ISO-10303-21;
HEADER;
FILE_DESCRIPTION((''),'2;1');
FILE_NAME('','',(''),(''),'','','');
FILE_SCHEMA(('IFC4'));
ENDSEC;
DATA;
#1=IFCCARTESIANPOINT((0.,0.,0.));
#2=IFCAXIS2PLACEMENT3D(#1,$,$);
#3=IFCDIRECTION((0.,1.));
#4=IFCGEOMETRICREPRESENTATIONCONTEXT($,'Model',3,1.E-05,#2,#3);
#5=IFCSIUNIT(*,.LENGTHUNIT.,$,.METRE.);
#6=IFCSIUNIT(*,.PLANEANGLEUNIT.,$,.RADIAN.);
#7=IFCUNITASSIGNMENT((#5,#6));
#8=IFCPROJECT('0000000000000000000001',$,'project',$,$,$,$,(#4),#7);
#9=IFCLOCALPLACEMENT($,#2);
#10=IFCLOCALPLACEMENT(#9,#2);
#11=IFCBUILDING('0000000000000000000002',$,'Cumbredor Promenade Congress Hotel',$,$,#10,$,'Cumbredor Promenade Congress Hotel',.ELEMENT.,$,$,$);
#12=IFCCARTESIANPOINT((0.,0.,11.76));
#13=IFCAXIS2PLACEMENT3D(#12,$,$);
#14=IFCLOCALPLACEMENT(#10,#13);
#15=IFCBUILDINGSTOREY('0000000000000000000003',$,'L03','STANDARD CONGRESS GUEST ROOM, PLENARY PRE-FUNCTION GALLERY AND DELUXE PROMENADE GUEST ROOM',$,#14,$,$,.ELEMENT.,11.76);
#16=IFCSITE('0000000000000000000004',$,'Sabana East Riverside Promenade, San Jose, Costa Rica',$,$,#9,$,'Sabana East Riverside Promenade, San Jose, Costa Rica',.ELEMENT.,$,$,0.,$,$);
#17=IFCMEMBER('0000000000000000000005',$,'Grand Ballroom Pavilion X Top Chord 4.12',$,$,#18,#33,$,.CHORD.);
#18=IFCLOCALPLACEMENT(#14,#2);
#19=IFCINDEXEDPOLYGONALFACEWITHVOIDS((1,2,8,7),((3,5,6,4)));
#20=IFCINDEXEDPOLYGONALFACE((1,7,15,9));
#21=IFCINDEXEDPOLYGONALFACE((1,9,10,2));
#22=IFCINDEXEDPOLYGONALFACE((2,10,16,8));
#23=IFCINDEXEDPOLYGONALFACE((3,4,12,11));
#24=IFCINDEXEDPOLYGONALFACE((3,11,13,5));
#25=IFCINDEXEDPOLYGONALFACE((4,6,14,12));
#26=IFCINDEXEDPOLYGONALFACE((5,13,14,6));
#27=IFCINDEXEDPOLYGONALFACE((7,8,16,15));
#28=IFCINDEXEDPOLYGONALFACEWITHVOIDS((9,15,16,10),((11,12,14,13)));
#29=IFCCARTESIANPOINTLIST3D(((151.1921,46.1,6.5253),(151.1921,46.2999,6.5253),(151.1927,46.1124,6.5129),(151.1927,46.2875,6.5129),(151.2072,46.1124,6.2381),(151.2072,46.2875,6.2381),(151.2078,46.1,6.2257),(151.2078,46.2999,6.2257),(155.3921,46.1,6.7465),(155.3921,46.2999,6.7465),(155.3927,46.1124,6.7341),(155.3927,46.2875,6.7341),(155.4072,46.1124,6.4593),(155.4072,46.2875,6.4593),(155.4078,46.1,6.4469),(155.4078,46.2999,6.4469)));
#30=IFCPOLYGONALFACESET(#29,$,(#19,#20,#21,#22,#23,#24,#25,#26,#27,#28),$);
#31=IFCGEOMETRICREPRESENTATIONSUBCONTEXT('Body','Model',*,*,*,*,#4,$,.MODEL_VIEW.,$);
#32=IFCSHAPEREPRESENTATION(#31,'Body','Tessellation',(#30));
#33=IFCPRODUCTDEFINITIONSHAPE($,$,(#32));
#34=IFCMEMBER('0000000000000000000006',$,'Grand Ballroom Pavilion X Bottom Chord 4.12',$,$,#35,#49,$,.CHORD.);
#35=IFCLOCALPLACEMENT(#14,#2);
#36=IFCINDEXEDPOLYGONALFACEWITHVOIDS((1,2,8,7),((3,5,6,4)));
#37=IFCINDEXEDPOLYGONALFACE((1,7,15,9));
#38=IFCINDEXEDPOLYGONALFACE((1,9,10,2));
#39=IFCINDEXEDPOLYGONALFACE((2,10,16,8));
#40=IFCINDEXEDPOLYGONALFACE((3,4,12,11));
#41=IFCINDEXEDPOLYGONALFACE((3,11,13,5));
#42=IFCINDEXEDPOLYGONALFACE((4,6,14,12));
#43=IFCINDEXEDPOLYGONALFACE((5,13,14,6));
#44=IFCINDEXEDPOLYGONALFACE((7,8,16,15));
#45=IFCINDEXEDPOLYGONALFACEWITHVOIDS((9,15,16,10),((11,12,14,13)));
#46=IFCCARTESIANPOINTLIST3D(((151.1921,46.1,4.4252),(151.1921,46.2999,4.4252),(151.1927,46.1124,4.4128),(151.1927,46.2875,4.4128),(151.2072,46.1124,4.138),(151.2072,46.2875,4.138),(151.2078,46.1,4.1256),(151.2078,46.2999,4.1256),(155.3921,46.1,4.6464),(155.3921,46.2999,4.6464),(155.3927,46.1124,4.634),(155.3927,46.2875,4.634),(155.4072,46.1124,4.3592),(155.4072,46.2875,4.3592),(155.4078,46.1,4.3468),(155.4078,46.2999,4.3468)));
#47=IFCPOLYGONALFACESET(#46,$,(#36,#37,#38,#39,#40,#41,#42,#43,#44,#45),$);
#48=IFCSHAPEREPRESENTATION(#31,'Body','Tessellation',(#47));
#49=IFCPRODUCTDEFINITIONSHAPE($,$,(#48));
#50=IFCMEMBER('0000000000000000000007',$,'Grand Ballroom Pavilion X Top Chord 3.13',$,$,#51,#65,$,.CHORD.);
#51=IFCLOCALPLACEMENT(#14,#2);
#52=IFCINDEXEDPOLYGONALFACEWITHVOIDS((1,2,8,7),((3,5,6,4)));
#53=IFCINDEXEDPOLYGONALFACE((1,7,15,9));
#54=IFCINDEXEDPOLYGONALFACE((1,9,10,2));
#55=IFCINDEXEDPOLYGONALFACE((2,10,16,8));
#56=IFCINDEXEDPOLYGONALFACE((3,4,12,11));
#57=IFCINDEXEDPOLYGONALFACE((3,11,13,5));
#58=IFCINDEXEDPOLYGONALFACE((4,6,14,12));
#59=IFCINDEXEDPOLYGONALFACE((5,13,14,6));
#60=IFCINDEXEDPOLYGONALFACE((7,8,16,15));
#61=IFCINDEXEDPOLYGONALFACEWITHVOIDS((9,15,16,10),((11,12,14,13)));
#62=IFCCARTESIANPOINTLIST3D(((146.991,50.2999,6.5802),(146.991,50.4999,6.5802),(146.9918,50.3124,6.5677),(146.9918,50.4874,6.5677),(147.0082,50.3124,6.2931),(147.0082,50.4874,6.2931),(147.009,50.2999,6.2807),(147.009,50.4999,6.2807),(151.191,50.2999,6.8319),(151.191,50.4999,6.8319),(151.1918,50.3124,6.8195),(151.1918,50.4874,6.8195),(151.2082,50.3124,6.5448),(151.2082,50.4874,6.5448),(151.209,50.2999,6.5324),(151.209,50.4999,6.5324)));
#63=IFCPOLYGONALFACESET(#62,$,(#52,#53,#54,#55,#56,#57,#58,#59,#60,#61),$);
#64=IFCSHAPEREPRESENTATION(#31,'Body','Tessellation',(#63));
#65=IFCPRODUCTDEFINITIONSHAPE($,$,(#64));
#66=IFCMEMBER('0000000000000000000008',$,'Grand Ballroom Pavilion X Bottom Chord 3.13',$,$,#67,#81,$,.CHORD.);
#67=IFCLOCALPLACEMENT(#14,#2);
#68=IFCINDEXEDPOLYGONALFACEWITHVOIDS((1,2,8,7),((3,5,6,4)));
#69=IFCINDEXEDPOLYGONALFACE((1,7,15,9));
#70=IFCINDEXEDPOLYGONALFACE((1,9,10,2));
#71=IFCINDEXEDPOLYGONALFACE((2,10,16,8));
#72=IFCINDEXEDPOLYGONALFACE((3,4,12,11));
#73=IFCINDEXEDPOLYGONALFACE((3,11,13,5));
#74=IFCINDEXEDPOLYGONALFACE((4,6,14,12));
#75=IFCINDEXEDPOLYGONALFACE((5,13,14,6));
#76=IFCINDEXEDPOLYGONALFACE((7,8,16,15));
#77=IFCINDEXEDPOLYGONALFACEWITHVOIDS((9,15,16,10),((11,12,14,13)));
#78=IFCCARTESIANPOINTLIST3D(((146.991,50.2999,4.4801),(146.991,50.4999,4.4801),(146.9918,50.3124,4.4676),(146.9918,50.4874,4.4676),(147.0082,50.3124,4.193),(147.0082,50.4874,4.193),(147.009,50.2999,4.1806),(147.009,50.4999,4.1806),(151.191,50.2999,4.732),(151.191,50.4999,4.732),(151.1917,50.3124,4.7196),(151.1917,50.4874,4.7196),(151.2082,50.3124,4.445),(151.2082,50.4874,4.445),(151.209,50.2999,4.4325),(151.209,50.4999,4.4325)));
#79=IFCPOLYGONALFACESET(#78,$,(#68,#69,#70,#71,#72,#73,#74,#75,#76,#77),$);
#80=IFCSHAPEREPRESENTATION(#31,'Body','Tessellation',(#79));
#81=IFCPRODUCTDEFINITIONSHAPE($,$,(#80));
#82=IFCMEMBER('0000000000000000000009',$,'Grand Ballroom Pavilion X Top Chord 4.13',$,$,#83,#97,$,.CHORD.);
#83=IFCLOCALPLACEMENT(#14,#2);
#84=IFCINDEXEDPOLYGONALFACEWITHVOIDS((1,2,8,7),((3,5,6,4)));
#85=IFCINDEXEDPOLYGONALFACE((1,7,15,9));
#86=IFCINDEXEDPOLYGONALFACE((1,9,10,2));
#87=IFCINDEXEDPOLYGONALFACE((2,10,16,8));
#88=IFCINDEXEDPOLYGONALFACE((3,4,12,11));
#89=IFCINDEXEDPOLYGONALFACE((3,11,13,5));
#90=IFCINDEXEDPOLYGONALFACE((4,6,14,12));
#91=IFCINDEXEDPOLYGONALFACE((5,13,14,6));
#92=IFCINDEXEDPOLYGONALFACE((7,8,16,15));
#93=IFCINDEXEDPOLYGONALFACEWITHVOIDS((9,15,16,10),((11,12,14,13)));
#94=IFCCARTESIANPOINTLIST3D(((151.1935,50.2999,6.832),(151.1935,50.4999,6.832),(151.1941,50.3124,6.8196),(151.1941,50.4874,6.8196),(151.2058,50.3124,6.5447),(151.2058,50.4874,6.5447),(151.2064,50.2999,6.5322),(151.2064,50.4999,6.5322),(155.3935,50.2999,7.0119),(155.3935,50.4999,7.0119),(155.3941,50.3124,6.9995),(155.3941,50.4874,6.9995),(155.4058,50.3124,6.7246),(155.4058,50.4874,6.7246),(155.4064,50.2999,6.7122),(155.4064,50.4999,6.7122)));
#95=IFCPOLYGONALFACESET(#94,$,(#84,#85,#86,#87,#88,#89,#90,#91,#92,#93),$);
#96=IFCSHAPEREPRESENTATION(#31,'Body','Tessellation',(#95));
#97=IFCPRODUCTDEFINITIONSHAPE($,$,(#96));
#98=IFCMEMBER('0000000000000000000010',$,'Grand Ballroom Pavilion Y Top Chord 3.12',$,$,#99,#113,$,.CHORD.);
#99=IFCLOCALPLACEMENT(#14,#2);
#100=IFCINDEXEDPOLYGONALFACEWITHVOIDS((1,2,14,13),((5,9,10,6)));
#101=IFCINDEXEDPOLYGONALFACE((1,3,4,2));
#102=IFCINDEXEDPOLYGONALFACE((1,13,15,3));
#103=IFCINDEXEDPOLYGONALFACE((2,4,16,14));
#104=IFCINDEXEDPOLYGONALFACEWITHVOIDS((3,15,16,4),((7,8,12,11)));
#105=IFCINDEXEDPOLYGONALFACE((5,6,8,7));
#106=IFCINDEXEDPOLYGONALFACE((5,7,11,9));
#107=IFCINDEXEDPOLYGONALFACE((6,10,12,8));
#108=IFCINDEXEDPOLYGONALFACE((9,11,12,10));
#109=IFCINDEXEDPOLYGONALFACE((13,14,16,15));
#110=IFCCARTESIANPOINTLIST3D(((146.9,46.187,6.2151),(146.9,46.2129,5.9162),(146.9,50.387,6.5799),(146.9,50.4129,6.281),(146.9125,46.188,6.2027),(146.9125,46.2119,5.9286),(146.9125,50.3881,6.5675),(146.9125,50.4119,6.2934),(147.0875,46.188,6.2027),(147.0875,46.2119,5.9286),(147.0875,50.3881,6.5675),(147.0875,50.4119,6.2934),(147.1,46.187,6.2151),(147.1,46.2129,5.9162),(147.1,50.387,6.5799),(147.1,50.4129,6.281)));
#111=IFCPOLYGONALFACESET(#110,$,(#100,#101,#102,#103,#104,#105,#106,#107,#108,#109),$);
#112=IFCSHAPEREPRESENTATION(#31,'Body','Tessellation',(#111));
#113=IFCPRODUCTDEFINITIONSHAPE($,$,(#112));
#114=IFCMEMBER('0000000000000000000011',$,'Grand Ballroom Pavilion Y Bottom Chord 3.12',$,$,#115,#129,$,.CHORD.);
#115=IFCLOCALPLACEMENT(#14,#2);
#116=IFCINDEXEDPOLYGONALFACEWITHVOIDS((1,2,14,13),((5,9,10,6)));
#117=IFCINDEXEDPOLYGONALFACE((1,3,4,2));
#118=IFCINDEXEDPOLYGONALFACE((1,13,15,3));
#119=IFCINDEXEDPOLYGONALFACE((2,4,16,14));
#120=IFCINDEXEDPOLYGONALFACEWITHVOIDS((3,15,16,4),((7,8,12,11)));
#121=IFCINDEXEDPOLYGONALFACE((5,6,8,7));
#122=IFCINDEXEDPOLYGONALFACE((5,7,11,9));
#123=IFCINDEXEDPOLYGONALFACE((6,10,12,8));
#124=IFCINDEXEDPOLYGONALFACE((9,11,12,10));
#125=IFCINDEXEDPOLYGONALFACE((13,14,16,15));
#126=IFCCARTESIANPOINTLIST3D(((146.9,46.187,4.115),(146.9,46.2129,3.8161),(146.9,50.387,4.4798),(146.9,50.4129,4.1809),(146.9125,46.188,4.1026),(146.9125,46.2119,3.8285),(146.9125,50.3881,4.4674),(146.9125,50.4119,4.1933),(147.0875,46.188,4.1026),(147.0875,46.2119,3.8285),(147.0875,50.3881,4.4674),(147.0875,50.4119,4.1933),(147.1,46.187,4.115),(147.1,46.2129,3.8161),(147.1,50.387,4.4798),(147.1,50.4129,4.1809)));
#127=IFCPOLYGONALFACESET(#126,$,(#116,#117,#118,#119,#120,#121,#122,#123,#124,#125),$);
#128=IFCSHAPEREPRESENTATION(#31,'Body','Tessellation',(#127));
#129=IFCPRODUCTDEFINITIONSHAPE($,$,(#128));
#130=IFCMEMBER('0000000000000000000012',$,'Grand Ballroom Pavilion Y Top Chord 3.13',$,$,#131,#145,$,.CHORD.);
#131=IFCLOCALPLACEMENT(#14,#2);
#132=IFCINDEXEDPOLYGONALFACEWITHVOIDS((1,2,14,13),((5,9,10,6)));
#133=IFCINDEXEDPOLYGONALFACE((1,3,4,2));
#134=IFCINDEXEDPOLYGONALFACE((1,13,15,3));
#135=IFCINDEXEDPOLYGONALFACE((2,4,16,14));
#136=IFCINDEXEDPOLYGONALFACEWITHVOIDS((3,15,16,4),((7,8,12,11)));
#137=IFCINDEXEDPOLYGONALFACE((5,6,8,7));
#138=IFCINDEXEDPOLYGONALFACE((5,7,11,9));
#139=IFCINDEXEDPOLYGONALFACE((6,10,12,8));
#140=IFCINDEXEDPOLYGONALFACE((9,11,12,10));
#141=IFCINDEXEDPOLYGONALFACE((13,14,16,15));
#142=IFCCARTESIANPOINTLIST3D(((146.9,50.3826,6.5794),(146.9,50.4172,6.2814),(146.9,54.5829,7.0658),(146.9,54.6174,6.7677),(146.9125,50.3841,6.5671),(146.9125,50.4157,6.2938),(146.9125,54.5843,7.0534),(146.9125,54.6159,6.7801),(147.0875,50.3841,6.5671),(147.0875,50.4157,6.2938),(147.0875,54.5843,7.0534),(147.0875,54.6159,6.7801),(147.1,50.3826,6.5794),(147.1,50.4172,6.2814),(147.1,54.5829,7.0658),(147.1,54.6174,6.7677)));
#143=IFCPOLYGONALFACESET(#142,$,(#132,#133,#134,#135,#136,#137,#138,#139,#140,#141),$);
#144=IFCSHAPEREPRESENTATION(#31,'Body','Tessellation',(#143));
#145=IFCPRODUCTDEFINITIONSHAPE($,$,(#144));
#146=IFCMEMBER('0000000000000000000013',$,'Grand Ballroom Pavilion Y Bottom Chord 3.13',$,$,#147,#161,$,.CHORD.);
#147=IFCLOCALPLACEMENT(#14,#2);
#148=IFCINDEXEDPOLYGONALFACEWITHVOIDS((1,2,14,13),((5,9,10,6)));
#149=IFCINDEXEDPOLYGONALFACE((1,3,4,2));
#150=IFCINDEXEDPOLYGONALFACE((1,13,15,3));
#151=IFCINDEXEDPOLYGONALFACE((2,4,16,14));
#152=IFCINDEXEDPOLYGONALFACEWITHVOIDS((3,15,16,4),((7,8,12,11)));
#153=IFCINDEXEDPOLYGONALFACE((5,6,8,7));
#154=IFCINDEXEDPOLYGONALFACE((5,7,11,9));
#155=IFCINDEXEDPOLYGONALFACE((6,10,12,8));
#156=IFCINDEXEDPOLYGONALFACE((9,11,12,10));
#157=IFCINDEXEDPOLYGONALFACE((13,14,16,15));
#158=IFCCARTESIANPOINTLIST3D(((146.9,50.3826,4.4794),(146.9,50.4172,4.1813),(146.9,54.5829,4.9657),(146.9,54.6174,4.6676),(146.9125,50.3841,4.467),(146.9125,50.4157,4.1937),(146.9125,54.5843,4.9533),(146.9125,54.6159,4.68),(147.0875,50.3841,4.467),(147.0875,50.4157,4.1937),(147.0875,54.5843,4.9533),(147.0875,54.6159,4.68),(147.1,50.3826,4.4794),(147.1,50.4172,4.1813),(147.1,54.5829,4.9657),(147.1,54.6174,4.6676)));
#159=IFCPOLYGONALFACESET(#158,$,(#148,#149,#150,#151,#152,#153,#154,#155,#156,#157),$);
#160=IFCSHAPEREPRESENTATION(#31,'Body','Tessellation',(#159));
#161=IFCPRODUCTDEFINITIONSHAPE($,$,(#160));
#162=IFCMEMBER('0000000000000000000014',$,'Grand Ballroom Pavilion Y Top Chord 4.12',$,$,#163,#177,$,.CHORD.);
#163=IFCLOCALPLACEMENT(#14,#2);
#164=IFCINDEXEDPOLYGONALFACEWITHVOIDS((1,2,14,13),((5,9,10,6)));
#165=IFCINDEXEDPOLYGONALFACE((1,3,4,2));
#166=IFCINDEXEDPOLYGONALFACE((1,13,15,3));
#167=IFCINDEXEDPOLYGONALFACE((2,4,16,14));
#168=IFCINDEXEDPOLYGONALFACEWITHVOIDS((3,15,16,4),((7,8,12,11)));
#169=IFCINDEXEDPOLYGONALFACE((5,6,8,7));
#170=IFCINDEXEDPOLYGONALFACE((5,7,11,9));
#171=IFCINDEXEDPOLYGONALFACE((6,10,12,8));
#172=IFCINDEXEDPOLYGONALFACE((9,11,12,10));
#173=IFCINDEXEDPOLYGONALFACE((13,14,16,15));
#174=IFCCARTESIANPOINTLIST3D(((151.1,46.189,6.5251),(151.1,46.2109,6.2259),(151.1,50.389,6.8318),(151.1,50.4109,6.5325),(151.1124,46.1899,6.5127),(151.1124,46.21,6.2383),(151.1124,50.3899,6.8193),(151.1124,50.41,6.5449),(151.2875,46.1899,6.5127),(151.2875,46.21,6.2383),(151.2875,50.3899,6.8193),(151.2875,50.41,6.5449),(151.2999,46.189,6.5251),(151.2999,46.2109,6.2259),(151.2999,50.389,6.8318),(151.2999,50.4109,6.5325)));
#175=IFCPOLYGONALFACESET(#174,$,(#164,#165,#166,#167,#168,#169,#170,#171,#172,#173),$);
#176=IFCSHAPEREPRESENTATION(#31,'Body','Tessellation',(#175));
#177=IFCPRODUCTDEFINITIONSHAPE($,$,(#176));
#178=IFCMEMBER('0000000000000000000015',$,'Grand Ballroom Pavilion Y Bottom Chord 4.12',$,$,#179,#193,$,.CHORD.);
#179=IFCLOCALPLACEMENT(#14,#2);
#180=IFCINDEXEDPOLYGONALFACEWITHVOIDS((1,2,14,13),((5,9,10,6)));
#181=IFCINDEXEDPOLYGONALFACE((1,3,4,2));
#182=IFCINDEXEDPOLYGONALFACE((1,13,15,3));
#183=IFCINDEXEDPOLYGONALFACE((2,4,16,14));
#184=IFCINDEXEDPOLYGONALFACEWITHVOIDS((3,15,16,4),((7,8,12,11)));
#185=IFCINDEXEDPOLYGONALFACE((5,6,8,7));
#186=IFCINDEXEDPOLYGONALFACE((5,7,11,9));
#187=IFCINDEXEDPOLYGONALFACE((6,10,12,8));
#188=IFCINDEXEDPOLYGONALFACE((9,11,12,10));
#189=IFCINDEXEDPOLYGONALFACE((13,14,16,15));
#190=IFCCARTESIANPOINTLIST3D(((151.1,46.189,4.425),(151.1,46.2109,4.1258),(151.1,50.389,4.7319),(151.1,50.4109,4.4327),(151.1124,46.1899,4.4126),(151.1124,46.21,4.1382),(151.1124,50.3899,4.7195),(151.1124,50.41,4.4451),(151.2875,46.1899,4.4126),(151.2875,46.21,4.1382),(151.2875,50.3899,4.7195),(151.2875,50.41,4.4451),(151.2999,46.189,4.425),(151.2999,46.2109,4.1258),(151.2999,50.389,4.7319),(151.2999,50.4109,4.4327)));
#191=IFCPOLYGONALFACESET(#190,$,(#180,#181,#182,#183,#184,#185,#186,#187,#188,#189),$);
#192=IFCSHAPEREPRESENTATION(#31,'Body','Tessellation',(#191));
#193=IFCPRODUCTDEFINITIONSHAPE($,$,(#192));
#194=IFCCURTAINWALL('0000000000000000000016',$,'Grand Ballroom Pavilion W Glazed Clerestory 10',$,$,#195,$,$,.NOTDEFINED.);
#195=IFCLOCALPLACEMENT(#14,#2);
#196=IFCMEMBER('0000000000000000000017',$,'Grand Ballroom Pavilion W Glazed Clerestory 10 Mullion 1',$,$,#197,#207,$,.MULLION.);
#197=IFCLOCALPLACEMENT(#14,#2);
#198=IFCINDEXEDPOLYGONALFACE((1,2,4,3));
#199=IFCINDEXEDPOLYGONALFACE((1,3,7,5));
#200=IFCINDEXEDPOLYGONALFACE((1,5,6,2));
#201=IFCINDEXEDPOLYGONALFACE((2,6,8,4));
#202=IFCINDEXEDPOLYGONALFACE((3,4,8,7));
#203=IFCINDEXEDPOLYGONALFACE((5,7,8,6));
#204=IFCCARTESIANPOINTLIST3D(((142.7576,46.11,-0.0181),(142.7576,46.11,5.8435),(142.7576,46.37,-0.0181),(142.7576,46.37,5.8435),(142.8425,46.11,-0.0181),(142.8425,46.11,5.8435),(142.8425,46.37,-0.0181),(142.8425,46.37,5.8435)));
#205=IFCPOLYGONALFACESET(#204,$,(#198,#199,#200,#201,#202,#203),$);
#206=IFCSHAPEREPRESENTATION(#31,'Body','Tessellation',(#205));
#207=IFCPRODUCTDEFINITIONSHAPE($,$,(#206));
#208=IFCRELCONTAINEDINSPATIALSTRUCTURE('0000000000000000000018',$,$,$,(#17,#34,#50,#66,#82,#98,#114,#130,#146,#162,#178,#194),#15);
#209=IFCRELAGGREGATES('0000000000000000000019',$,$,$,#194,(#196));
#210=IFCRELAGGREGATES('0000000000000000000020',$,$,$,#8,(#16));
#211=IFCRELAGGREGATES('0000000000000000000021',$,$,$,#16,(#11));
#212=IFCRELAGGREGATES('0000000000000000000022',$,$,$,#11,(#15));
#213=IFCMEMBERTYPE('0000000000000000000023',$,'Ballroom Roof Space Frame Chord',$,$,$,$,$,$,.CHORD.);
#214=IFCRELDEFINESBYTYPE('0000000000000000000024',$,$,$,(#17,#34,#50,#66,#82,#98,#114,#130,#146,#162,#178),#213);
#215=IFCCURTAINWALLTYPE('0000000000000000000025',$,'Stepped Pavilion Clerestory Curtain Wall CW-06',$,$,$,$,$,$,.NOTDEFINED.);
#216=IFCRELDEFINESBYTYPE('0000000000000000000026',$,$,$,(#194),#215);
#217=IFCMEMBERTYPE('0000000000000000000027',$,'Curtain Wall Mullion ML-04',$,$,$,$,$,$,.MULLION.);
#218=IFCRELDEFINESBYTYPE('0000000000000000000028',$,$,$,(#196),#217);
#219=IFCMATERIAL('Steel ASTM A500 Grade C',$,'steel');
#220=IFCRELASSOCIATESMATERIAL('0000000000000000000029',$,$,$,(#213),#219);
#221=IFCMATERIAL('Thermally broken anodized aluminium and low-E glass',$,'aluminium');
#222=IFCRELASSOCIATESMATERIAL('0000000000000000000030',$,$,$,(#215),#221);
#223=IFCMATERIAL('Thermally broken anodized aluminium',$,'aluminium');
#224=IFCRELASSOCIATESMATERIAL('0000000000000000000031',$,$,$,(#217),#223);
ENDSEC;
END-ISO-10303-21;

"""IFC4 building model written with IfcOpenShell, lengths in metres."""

from ifc_helpers import new_model, si_unit, direction, frame, origin, origin_2d, place, context, subcontext, project, spatial, rectangle, hollow_rectangle, extrude, material, material_profile, profile_set, type_object, element, aggregate, save


model = new_model("IFC4")

# Units and contexts
model_context = context("Model", 3, precision=1e-05, world=origin(), true_north=direction((0.0, 1.0)))
body_context = subcontext(model_context, "Body", "Model", "MODEL_VIEW")
ifc_project = project(units=[si_unit("LENGTHUNIT", "METRE"), si_unit("PLANEANGLEUNIT", "RADIAN")], contexts=[model_context])

# Site, building, storey
site_placement = place(None, origin())
site = spatial("IfcSite", under=ifc_project, at=site_placement, Name="Sabana East Riverside Promenade, San Jose, Costa Rica", LongName="Sabana East Riverside Promenade, San Jose, Costa Rica", CompositionType="ELEMENT", RefElevation=0.0)
building_placement = place(site_placement, origin())
building = spatial("IfcBuilding", under=site, at=building_placement, Name="Cumbredor Promenade Congress Hotel", LongName="Cumbredor Promenade Congress Hotel", CompositionType="ELEMENT")
storey_placement = place(building_placement, frame((0.0, 0.0, 11.76)))
storey = spatial("IfcBuildingStorey", under=building, at=storey_placement, Name="L03", Description="STANDARD CONGRESS GUEST ROOM, PLENARY PRE-FUNCTION GALLERY AND DELUXE PROMENADE GUEST ROOM", CompositionType="ELEMENT", Elevation=11.76)

# Members
ifc_material_1 = material(Name="Steel ASTM A500 Grade C", Category="steel")
ifc_material_profile_1 = material_profile(ifc_material_1, hollow_rectangle(XDim=0.2, YDim=0.3, WallThickness=0.0125, at=origin_2d()), Name="HSS 300x200x12.5")
ifc_profile_set_1 = profile_set([ifc_material_profile_1], Name="Steel ASTM A500 Grade C")
member_type_1 = type_object("IfcMemberType", Name="Ballroom Roof Space Frame Chord", PredefinedType="CHORD", material=ifc_profile_set_1)
for number, where, z_axis, x_axis, name in (
    (1, (151.2, 46.2, 6.3755), (0.998616, 0.0, 0.052592), (0.0, 1.0, 0.0), "Grand Ballroom Pavilion X Top Chord 4.12"),
    (2, (151.2, 46.2, 4.2754), (0.998616, 0.0, 0.052592), (0.0, 1.0, 0.0), "Grand Ballroom Pavilion X Bottom Chord 4.12"),
):
    element("IfcMember", number, at=place(storey_placement, frame(where, z_axis=z_axis, x_axis=x_axis)), inside=storey, type_object=member_type_1, Name=name, PredefinedType="CHORD", context=body_context, shape_type="SweptSolid", body=[
        extrude(hollow_rectangle(XDim=0.2, YDim=0.3, WallThickness=0.0125, at=origin_2d()), origin(), (0.0, 0.0, 1.0), 4.2058),
    ])
for number, where, z_axis, x_axis, name in (
    (3, (147.0, 50.3999, 6.4304), (0.998209, 0.0, 0.059824), (0.0, 1.0, 0.0), "Grand Ballroom Pavilion X Top Chord 3.13"),
    (4, (147.0, 50.3999, 4.3303), (0.998205, 0.0, 0.059882), (0.0, 1.0, 0.0), "Grand Ballroom Pavilion X Bottom Chord 3.13"),
):
    element("IfcMember", number, at=place(storey_placement, frame(where, z_axis=z_axis, x_axis=x_axis)), inside=storey, type_object=member_type_1, Name=name, PredefinedType="CHORD", context=body_context, shape_type="SweptSolid", body=[
        extrude(hollow_rectangle(XDim=0.2, YDim=0.3, WallThickness=0.0125, at=origin_2d()), origin(), (0.0, 0.0, 1.0), 4.2075),
    ])
member_1_placement = place(storey_placement, frame((151.2, 50.3999, 6.6821), z_axis=(0.999084, 0.0, 0.042802), x_axis=(0.0, 1.0, 0.0)))
element("IfcMember", 5, at=member_1_placement, inside=storey, type_object=member_type_1, Name="Grand Ballroom Pavilion X Top Chord 4.13", PredefinedType="CHORD", context=body_context, shape_type="SweptSolid", body=[
    extrude(hollow_rectangle(XDim=0.2, YDim=0.3, WallThickness=0.0125, at=origin_2d()), origin(), (0.0, 0.0, 1.0), 4.2039),
])
for number, where, z_axis, x_axis, name in (
    (6, (147.0, 46.2, 6.0657), (0.0, 0.99625, 0.08652), (-1.0, 0.0, 0.0), "Grand Ballroom Pavilion Y Top Chord 3.12"),
    (7, (147.0, 46.2, 3.9656), (0.0, 0.99625, 0.08652), (-1.0, 0.0, 0.0), "Grand Ballroom Pavilion Y Bottom Chord 3.12"),
):
    element("IfcMember", number, at=place(storey_placement, frame(where, z_axis=z_axis, x_axis=x_axis)), inside=storey, type_object=member_type_1, Name=name, PredefinedType="CHORD", context=body_context, shape_type="SweptSolid", body=[
        extrude(hollow_rectangle(XDim=0.2, YDim=0.3, WallThickness=0.0125, at=origin_2d()), origin(), (0.0, 0.0, 1.0), 4.2158),
    ])
for number, where, z_axis, x_axis, name in (
    (8, (147.0, 50.3999, 6.4304), (0.0, 0.993363, 0.115019), (-1.0, 0.0, 0.0), "Grand Ballroom Pavilion Y Top Chord 3.13"),
    (9, (147.0, 50.3999, 4.3303), (0.0, 0.993363, 0.115019), (-1.0, 0.0, 0.0), "Grand Ballroom Pavilion Y Bottom Chord 3.13"),
):
    element("IfcMember", number, at=place(storey_placement, frame(where, z_axis=z_axis, x_axis=x_axis)), inside=storey, type_object=member_type_1, Name=name, PredefinedType="CHORD", context=body_context, shape_type="SweptSolid", body=[
        extrude(hollow_rectangle(XDim=0.2, YDim=0.3, WallThickness=0.0125, at=origin_2d()), origin(), (0.0, 0.0, 1.0), 4.2283),
    ])
for number, where, z_axis, x_axis, name in (
    (10, (151.2, 46.2, 6.3755), (0.0, 0.997345, 0.072817), (-1.0, 0.0, 0.0), "Grand Ballroom Pavilion Y Top Chord 4.12"),
    (11, (151.2, 46.2, 4.2754), (0.0, 0.997341, 0.072874), (-1.0, 0.0, 0.0), "Grand Ballroom Pavilion Y Bottom Chord 4.12"),
):
    element("IfcMember", number, at=place(storey_placement, frame(where, z_axis=z_axis, x_axis=x_axis)), inside=storey, type_object=member_type_1, Name=name, PredefinedType="CHORD", context=body_context, shape_type="SweptSolid", body=[
        extrude(hollow_rectangle(XDim=0.2, YDim=0.3, WallThickness=0.0125, at=origin_2d()), origin(), (0.0, 0.0, 1.0), 4.2112),
    ])

# Curtain wall, member
ifc_material_2 = material(Name="Thermally broken anodized aluminium and low-E glass", Category="aluminium")
curtain_wall_type = type_object("IfcCurtainWallType", Name="Stepped Pavilion Clerestory Curtain Wall CW-06", PredefinedType="NOTDEFINED", material=ifc_material_2)
curtain_wall_placement = place(storey_placement, origin())
curtain_wall = element("IfcCurtainWall", 12, at=curtain_wall_placement, inside=storey, type_object=curtain_wall_type, Name="Grand Ballroom Pavilion W Glazed Clerestory 10", PredefinedType="NOTDEFINED")
ifc_material_3 = material(Name="Thermally broken anodized aluminium", Category="aluminium")
ifc_material_profile_2 = material_profile(ifc_material_3, rectangle(XDim=0.085, YDim=0.26, at=origin_2d()), Name="ALU MULLION CLERESTORY 85x260")
ifc_profile_set_2 = profile_set([ifc_material_profile_2], Name="Thermally broken anodized aluminium")
member_type_2 = type_object("IfcMemberType", Name="Curtain Wall Mullion ML-04", PredefinedType="MULLION", material=ifc_profile_set_2)
member_2_placement = place(storey_placement, frame((142.8, 46.24, -0.0181), z_axis=(0.0, 0.0, 1.0), x_axis=(1.0, 0.0, 0.0)))
member_2 = element("IfcMember", 13, at=member_2_placement, type_object=member_type_2, Name="Grand Ballroom Pavilion W Glazed Clerestory 10 Mullion 1", PredefinedType="MULLION", context=body_context, shape_type="SweptSolid", body=[
    extrude(rectangle(XDim=0.085, YDim=0.26, at=origin_2d()), origin(), (0.0, 0.0, 1.0), 5.8616),
])

aggregate(curtain_wall, [member_2])

save(model, "model.ifc")
